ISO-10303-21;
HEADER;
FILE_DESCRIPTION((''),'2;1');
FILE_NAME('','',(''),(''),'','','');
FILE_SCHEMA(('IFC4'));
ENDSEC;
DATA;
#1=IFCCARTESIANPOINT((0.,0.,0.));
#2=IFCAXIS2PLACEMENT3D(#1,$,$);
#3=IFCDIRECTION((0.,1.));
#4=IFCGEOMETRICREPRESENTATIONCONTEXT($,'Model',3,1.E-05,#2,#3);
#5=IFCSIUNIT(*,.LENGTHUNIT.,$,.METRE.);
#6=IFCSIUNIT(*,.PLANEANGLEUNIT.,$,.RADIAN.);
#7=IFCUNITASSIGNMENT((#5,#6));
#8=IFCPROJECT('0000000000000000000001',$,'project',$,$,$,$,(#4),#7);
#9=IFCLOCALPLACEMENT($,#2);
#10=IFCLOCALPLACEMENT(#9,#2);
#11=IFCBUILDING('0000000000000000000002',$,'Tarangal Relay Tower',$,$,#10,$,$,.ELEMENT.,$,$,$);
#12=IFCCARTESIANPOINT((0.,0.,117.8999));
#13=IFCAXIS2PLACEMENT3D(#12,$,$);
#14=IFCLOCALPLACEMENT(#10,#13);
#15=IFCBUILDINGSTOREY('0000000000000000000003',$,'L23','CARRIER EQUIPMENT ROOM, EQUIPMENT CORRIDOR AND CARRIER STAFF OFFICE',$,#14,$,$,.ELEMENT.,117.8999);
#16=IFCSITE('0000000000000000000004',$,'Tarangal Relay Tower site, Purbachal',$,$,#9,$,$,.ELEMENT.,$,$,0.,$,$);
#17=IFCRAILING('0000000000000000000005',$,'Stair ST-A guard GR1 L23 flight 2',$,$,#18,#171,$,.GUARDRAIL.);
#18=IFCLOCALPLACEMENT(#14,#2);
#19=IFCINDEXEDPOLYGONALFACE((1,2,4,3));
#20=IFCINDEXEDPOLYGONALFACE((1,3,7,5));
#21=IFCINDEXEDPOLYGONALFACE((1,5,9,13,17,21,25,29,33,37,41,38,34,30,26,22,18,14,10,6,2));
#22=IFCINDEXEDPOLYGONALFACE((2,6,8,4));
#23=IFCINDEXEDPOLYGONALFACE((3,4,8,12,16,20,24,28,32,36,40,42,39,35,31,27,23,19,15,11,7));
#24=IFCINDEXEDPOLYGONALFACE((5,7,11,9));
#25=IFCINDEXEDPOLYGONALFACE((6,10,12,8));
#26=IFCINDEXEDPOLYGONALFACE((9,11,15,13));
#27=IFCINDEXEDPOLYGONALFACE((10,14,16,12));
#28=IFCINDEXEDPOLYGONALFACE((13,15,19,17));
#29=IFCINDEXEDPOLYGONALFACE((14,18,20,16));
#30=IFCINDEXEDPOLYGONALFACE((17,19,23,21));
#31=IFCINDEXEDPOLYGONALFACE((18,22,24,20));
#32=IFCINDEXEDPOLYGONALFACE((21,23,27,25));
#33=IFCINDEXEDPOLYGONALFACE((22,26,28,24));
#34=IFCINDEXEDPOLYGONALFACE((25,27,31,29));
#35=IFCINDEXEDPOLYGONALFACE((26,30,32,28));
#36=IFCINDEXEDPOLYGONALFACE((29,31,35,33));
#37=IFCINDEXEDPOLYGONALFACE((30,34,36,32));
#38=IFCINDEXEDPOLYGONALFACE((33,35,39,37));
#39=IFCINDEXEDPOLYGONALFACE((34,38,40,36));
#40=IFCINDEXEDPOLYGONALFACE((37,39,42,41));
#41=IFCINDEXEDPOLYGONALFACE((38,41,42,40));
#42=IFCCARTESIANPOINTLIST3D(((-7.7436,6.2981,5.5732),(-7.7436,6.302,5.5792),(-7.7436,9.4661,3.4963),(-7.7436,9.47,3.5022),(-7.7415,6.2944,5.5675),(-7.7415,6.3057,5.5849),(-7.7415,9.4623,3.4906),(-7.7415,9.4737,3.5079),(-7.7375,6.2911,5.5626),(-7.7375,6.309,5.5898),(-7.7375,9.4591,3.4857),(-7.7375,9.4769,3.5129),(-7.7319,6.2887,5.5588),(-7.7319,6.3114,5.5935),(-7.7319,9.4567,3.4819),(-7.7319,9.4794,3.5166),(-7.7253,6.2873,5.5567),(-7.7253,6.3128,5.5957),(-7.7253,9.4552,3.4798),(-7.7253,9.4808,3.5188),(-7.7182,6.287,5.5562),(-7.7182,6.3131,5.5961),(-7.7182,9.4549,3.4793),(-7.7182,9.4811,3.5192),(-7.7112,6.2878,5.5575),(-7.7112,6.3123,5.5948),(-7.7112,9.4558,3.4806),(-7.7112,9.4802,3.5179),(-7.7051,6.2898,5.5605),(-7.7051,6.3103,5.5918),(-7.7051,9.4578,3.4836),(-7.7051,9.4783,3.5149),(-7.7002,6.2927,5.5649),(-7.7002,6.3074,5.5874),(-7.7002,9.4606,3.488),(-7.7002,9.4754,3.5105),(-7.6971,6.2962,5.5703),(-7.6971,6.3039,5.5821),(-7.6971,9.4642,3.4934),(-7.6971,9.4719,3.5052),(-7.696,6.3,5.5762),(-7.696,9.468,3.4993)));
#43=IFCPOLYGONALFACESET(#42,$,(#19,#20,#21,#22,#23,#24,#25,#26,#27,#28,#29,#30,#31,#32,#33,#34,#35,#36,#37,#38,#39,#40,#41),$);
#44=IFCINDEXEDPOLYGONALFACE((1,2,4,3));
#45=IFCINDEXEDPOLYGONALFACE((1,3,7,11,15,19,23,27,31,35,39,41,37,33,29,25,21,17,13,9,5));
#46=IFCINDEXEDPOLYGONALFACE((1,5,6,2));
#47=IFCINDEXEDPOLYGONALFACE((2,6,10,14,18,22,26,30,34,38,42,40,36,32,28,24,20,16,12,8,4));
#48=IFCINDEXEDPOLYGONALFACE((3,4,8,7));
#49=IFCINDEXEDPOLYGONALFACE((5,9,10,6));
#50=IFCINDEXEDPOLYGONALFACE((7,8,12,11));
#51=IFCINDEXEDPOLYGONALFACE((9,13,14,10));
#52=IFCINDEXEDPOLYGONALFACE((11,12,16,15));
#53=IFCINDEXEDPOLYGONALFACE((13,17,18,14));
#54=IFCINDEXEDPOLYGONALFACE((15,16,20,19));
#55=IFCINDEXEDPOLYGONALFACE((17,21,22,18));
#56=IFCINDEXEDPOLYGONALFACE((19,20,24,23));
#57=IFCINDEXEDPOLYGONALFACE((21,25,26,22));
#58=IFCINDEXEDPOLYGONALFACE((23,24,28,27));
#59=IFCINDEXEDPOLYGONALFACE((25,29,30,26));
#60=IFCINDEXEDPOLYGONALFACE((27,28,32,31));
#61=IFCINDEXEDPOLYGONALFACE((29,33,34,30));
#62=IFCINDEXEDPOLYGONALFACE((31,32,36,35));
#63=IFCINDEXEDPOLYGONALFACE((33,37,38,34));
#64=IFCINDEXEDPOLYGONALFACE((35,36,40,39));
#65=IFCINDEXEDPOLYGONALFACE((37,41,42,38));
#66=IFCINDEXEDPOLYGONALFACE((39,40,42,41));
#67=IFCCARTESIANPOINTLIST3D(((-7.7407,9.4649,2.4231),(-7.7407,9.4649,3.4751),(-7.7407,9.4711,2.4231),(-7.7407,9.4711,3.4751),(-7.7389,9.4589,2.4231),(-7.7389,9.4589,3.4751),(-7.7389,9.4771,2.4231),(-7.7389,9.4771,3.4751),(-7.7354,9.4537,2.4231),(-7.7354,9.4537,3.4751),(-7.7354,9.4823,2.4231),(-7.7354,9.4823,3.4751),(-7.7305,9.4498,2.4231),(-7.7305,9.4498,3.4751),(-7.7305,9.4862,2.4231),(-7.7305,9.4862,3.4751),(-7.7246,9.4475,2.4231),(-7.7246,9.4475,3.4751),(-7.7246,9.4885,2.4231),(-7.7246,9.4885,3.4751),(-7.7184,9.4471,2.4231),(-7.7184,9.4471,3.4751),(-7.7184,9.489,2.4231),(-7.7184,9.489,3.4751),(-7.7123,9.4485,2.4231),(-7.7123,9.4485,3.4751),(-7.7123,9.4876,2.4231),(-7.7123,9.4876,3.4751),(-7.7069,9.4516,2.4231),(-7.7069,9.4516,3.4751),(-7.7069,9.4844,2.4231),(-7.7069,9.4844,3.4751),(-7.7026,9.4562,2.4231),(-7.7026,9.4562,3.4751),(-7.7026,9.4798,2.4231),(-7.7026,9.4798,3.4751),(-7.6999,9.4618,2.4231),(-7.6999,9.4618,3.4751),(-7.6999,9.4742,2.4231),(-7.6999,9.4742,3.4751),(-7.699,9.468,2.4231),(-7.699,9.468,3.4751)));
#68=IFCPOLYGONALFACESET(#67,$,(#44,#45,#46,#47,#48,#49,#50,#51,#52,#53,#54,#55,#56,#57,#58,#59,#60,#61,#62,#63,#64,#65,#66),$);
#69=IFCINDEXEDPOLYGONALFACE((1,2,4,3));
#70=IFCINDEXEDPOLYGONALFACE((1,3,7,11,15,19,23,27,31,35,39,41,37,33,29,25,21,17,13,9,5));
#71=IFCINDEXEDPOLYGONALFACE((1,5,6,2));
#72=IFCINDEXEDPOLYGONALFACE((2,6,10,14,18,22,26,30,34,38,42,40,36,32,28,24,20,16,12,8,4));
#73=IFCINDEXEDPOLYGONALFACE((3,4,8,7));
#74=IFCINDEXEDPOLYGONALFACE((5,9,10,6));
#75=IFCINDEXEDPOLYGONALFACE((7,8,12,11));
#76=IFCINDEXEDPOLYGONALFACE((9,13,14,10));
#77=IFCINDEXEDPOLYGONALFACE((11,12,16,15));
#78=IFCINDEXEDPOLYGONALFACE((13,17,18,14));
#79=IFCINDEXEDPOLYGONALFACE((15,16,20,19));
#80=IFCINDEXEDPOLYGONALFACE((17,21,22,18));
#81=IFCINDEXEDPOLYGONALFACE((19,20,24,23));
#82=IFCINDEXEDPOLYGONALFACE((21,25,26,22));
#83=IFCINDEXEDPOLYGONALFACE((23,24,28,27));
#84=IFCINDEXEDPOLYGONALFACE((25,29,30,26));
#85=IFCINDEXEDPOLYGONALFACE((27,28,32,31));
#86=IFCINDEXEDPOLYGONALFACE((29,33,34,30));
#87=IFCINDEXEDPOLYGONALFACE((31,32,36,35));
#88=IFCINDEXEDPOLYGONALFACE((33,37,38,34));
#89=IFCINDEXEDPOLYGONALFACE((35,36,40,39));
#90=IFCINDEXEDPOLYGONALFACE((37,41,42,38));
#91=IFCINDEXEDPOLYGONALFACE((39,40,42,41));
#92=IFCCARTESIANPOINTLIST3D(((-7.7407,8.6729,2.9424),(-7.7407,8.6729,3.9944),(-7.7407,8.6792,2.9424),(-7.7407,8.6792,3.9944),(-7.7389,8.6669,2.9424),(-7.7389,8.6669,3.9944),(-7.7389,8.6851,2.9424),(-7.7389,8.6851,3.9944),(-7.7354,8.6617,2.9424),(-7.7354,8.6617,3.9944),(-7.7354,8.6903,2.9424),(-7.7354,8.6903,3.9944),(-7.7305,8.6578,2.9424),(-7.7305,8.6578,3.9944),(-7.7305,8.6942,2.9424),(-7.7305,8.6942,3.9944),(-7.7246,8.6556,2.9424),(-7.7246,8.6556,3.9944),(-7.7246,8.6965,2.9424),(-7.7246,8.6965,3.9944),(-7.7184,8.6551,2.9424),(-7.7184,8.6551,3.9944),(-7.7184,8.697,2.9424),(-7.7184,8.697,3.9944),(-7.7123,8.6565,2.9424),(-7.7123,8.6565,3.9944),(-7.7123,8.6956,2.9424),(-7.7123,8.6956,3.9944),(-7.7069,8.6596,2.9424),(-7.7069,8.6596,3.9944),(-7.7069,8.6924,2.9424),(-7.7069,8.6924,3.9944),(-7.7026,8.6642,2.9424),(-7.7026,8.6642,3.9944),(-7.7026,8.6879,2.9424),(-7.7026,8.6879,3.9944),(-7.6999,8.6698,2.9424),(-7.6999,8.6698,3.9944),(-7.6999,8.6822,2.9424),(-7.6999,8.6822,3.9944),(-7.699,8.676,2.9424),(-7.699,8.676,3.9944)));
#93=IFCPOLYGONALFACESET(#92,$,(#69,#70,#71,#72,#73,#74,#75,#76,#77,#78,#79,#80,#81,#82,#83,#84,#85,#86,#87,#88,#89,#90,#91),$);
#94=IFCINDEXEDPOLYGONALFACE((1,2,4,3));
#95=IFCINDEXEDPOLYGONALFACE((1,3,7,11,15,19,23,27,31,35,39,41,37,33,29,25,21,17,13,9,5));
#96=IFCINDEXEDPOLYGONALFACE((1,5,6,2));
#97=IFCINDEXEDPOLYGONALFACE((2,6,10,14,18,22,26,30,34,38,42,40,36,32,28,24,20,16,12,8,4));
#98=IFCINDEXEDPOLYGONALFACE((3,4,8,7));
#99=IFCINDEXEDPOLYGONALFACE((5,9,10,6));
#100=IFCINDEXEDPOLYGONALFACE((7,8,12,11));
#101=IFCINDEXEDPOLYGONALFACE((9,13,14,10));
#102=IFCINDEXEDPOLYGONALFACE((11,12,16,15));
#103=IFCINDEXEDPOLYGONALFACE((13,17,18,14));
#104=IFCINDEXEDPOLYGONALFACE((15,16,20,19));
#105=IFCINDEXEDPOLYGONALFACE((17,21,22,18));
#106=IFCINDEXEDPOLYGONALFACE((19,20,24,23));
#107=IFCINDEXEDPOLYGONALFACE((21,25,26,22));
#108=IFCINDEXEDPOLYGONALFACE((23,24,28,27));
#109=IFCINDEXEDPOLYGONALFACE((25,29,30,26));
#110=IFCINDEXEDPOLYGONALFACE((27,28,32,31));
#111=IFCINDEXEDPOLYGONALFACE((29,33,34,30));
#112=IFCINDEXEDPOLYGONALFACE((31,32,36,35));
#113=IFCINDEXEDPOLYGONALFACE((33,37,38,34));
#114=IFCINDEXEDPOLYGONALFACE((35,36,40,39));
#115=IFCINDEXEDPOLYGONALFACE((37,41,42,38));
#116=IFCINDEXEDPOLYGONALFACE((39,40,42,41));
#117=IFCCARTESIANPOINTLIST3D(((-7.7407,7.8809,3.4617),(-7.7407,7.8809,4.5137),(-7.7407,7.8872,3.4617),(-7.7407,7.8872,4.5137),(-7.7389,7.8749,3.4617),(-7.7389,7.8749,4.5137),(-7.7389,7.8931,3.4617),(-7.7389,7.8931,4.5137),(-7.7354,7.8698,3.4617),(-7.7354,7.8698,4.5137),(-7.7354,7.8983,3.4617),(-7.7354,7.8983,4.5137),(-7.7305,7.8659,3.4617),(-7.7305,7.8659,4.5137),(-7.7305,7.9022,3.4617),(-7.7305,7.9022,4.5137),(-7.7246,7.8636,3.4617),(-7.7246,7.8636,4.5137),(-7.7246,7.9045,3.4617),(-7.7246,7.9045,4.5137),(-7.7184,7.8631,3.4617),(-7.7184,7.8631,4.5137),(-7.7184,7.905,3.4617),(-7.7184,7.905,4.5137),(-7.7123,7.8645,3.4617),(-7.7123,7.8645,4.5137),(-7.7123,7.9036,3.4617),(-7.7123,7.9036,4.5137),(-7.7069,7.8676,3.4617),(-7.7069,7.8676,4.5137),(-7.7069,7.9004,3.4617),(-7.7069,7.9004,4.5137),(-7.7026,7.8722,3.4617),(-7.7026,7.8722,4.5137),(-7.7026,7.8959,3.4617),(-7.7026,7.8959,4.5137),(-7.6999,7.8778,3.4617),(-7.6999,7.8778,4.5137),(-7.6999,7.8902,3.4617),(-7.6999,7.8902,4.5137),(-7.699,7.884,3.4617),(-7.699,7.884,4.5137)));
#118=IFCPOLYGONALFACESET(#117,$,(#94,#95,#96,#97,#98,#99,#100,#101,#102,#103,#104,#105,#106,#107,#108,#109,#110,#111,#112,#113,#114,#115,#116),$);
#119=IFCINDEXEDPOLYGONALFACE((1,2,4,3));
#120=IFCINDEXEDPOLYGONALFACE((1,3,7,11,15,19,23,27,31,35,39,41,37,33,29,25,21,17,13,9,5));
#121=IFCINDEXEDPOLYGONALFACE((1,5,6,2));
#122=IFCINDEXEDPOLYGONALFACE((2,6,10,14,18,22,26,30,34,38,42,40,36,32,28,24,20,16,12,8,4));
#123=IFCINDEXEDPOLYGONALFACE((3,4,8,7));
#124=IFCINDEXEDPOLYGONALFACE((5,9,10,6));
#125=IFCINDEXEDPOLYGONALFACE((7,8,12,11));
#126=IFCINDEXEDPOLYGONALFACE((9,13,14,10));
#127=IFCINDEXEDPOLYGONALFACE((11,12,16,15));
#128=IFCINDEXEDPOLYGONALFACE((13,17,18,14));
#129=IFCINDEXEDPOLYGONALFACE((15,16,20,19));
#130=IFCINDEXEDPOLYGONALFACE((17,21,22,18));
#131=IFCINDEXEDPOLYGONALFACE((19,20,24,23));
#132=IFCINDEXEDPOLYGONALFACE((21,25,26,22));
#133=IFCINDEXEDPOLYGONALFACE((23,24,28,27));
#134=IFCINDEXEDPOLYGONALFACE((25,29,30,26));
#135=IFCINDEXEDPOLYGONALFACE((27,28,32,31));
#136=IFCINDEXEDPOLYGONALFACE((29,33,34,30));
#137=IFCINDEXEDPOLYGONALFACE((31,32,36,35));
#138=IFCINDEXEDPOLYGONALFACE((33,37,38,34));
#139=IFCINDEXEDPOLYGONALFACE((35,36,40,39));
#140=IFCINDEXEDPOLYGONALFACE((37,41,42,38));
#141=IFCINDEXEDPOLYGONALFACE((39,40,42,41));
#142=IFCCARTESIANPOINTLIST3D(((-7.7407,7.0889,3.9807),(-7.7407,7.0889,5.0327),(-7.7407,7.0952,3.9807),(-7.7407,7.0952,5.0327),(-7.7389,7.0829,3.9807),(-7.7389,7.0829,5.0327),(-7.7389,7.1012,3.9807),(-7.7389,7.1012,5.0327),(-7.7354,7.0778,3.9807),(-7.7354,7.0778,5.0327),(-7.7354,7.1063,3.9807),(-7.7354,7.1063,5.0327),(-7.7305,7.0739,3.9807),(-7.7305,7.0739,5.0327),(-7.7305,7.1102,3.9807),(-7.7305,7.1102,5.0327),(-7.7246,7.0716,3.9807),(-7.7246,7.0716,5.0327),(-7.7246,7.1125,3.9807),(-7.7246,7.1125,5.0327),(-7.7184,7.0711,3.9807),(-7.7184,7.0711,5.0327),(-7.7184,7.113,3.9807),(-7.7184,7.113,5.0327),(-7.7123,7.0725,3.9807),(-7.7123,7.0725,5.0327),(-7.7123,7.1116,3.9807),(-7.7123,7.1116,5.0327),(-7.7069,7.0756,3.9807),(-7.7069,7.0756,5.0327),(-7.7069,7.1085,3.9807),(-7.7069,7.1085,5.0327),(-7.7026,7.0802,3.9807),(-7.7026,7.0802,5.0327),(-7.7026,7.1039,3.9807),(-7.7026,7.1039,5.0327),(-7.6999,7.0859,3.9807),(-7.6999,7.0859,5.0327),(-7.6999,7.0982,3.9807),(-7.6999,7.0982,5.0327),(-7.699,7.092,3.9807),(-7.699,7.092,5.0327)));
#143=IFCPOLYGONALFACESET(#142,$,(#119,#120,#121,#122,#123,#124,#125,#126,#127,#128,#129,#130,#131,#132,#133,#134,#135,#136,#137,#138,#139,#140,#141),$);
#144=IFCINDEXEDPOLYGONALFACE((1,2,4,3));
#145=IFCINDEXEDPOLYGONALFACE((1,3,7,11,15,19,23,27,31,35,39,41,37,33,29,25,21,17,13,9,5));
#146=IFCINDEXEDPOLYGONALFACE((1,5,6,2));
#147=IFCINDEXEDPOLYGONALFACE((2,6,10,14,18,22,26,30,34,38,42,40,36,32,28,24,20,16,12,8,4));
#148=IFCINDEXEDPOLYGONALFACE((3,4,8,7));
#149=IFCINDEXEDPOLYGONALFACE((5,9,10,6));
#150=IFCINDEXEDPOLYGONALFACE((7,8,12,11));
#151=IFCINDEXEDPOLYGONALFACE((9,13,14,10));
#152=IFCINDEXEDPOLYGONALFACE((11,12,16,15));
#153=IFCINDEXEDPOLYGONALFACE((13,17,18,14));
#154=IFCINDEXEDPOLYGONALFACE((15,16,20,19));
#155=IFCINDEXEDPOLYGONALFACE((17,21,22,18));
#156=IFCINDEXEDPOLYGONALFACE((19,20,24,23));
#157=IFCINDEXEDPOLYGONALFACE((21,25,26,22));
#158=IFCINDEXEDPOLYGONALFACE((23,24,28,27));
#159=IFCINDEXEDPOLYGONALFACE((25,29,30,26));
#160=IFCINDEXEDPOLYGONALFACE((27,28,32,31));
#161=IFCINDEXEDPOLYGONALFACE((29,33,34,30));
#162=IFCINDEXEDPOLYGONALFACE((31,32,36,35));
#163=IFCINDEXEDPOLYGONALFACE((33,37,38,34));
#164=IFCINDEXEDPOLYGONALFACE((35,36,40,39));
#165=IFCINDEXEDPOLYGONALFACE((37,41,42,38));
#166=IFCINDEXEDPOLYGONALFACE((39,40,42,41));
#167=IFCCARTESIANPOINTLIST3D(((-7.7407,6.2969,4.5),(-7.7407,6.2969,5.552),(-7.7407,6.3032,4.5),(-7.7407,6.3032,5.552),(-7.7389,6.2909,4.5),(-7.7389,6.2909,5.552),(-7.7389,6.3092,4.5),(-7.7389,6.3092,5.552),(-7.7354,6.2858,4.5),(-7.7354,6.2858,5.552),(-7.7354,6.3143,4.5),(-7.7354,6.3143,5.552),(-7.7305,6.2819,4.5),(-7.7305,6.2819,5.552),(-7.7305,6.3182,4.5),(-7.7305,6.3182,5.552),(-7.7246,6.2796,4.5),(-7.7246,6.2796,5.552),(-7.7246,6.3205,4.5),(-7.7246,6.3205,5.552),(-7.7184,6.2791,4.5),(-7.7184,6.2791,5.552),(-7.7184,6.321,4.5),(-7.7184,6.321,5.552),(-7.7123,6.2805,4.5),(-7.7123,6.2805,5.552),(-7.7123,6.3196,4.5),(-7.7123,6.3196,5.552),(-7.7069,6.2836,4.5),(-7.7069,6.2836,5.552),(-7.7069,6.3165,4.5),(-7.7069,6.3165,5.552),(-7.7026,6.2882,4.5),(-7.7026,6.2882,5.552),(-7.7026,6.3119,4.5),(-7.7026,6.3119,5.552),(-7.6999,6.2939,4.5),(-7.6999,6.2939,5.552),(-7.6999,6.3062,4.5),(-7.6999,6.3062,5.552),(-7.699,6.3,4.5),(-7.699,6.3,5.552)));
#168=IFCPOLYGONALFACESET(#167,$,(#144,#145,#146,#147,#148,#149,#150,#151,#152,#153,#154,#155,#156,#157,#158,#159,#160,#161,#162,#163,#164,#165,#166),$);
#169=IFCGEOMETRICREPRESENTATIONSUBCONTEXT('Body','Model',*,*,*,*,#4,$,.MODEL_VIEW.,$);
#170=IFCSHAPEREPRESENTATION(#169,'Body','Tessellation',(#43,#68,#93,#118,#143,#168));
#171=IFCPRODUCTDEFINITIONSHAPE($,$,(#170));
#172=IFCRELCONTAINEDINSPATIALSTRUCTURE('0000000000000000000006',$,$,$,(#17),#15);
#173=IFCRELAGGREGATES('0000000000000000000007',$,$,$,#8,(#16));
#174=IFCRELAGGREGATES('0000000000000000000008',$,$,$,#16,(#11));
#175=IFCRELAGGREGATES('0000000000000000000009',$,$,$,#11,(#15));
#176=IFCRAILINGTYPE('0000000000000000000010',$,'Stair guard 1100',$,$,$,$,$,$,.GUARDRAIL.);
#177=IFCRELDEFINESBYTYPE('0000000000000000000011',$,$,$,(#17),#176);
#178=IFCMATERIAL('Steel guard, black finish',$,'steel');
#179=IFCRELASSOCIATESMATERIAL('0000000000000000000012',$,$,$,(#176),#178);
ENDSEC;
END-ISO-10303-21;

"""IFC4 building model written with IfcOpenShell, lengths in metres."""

from ifc_helpers import new_model, si_unit, direction, frame, origin, origin_2d, place, context, subcontext, project, spatial, circle, extrude, material, type_object, element, save


model = new_model("IFC4")

# Units and contexts
model_context = context("Model", 3, precision=1e-05, world=origin(), true_north=direction((0.0, 1.0)))
body_context = subcontext(model_context, "Body", "Model", "MODEL_VIEW")
ifc_project = project(units=[si_unit("LENGTHUNIT", "METRE"), si_unit("PLANEANGLEUNIT", "RADIAN")], contexts=[model_context])

# Site, building, storey
site_placement = place(None, origin())
site = spatial("IfcSite", under=ifc_project, at=site_placement, Name="Tarangal Relay Tower site, Purbachal", CompositionType="ELEMENT", RefElevation=0.0)
building_placement = place(site_placement, origin())
building = spatial("IfcBuilding", under=site, at=building_placement, Name="Tarangal Relay Tower", CompositionType="ELEMENT")
storey_placement = place(building_placement, frame((0.0, 0.0, 117.8999)))
storey = spatial("IfcBuildingStorey", under=building, at=storey_placement, Name="L23", Description="CARRIER EQUIPMENT ROOM, EQUIPMENT CORRIDOR AND CARRIER STAFF OFFICE", CompositionType="ELEMENT", Elevation=117.8999)

# Railing
ifc_material_1 = material(Name="Steel guard, black finish", Category="steel")
railing_type_1 = type_object("IfcRailingType", Name="Stair guard 1100", PredefinedType="GUARDRAIL", material=ifc_material_1)
railing_1_placement = place(storey_placement, frame((-7.72, 9.468, 2.4231)))
element("IfcRailing", 1, at=railing_1_placement, inside=storey, type_object=railing_type_1, Name="Stair ST-A guard GR1 L23 flight 2", PredefinedType="GUARDRAIL", context=body_context, shape_type="SweptSolid", body=[
    extrude(circle(Radius=0.0239, at=origin_2d()), frame((0.0, 0.0, 1.0762), z_axis=(0.0, -0.836299, 0.548273), x_axis=(1.0, 0.0, 0.0)), (0.0, 0.0, 1.0), 3.7881),
    extrude(circle(Radius=0.021, at=origin_2d()), origin(), (0.0, 0.0, 1.0), 1.052),
    extrude(circle(Radius=0.021, at=origin_2d()), frame((0.0, -0.792, 0.5193)), (0.0, 0.0, 1.0), 1.052),
    extrude(circle(Radius=0.021, at=origin_2d()), frame((0.0, -1.584, 1.0386)), (0.0, 0.0, 1.0), 1.052),
    extrude(circle(Radius=0.021, at=origin_2d()), frame((0.0, -2.376, 1.5576)), (0.0, 0.0, 1.0), 1.052),
    extrude(circle(Radius=0.021, at=origin_2d()), frame((0.0, -3.168, 2.0769)), (0.0, 0.0, 1.0), 1.052),
])

save(model, "model.ifc")
